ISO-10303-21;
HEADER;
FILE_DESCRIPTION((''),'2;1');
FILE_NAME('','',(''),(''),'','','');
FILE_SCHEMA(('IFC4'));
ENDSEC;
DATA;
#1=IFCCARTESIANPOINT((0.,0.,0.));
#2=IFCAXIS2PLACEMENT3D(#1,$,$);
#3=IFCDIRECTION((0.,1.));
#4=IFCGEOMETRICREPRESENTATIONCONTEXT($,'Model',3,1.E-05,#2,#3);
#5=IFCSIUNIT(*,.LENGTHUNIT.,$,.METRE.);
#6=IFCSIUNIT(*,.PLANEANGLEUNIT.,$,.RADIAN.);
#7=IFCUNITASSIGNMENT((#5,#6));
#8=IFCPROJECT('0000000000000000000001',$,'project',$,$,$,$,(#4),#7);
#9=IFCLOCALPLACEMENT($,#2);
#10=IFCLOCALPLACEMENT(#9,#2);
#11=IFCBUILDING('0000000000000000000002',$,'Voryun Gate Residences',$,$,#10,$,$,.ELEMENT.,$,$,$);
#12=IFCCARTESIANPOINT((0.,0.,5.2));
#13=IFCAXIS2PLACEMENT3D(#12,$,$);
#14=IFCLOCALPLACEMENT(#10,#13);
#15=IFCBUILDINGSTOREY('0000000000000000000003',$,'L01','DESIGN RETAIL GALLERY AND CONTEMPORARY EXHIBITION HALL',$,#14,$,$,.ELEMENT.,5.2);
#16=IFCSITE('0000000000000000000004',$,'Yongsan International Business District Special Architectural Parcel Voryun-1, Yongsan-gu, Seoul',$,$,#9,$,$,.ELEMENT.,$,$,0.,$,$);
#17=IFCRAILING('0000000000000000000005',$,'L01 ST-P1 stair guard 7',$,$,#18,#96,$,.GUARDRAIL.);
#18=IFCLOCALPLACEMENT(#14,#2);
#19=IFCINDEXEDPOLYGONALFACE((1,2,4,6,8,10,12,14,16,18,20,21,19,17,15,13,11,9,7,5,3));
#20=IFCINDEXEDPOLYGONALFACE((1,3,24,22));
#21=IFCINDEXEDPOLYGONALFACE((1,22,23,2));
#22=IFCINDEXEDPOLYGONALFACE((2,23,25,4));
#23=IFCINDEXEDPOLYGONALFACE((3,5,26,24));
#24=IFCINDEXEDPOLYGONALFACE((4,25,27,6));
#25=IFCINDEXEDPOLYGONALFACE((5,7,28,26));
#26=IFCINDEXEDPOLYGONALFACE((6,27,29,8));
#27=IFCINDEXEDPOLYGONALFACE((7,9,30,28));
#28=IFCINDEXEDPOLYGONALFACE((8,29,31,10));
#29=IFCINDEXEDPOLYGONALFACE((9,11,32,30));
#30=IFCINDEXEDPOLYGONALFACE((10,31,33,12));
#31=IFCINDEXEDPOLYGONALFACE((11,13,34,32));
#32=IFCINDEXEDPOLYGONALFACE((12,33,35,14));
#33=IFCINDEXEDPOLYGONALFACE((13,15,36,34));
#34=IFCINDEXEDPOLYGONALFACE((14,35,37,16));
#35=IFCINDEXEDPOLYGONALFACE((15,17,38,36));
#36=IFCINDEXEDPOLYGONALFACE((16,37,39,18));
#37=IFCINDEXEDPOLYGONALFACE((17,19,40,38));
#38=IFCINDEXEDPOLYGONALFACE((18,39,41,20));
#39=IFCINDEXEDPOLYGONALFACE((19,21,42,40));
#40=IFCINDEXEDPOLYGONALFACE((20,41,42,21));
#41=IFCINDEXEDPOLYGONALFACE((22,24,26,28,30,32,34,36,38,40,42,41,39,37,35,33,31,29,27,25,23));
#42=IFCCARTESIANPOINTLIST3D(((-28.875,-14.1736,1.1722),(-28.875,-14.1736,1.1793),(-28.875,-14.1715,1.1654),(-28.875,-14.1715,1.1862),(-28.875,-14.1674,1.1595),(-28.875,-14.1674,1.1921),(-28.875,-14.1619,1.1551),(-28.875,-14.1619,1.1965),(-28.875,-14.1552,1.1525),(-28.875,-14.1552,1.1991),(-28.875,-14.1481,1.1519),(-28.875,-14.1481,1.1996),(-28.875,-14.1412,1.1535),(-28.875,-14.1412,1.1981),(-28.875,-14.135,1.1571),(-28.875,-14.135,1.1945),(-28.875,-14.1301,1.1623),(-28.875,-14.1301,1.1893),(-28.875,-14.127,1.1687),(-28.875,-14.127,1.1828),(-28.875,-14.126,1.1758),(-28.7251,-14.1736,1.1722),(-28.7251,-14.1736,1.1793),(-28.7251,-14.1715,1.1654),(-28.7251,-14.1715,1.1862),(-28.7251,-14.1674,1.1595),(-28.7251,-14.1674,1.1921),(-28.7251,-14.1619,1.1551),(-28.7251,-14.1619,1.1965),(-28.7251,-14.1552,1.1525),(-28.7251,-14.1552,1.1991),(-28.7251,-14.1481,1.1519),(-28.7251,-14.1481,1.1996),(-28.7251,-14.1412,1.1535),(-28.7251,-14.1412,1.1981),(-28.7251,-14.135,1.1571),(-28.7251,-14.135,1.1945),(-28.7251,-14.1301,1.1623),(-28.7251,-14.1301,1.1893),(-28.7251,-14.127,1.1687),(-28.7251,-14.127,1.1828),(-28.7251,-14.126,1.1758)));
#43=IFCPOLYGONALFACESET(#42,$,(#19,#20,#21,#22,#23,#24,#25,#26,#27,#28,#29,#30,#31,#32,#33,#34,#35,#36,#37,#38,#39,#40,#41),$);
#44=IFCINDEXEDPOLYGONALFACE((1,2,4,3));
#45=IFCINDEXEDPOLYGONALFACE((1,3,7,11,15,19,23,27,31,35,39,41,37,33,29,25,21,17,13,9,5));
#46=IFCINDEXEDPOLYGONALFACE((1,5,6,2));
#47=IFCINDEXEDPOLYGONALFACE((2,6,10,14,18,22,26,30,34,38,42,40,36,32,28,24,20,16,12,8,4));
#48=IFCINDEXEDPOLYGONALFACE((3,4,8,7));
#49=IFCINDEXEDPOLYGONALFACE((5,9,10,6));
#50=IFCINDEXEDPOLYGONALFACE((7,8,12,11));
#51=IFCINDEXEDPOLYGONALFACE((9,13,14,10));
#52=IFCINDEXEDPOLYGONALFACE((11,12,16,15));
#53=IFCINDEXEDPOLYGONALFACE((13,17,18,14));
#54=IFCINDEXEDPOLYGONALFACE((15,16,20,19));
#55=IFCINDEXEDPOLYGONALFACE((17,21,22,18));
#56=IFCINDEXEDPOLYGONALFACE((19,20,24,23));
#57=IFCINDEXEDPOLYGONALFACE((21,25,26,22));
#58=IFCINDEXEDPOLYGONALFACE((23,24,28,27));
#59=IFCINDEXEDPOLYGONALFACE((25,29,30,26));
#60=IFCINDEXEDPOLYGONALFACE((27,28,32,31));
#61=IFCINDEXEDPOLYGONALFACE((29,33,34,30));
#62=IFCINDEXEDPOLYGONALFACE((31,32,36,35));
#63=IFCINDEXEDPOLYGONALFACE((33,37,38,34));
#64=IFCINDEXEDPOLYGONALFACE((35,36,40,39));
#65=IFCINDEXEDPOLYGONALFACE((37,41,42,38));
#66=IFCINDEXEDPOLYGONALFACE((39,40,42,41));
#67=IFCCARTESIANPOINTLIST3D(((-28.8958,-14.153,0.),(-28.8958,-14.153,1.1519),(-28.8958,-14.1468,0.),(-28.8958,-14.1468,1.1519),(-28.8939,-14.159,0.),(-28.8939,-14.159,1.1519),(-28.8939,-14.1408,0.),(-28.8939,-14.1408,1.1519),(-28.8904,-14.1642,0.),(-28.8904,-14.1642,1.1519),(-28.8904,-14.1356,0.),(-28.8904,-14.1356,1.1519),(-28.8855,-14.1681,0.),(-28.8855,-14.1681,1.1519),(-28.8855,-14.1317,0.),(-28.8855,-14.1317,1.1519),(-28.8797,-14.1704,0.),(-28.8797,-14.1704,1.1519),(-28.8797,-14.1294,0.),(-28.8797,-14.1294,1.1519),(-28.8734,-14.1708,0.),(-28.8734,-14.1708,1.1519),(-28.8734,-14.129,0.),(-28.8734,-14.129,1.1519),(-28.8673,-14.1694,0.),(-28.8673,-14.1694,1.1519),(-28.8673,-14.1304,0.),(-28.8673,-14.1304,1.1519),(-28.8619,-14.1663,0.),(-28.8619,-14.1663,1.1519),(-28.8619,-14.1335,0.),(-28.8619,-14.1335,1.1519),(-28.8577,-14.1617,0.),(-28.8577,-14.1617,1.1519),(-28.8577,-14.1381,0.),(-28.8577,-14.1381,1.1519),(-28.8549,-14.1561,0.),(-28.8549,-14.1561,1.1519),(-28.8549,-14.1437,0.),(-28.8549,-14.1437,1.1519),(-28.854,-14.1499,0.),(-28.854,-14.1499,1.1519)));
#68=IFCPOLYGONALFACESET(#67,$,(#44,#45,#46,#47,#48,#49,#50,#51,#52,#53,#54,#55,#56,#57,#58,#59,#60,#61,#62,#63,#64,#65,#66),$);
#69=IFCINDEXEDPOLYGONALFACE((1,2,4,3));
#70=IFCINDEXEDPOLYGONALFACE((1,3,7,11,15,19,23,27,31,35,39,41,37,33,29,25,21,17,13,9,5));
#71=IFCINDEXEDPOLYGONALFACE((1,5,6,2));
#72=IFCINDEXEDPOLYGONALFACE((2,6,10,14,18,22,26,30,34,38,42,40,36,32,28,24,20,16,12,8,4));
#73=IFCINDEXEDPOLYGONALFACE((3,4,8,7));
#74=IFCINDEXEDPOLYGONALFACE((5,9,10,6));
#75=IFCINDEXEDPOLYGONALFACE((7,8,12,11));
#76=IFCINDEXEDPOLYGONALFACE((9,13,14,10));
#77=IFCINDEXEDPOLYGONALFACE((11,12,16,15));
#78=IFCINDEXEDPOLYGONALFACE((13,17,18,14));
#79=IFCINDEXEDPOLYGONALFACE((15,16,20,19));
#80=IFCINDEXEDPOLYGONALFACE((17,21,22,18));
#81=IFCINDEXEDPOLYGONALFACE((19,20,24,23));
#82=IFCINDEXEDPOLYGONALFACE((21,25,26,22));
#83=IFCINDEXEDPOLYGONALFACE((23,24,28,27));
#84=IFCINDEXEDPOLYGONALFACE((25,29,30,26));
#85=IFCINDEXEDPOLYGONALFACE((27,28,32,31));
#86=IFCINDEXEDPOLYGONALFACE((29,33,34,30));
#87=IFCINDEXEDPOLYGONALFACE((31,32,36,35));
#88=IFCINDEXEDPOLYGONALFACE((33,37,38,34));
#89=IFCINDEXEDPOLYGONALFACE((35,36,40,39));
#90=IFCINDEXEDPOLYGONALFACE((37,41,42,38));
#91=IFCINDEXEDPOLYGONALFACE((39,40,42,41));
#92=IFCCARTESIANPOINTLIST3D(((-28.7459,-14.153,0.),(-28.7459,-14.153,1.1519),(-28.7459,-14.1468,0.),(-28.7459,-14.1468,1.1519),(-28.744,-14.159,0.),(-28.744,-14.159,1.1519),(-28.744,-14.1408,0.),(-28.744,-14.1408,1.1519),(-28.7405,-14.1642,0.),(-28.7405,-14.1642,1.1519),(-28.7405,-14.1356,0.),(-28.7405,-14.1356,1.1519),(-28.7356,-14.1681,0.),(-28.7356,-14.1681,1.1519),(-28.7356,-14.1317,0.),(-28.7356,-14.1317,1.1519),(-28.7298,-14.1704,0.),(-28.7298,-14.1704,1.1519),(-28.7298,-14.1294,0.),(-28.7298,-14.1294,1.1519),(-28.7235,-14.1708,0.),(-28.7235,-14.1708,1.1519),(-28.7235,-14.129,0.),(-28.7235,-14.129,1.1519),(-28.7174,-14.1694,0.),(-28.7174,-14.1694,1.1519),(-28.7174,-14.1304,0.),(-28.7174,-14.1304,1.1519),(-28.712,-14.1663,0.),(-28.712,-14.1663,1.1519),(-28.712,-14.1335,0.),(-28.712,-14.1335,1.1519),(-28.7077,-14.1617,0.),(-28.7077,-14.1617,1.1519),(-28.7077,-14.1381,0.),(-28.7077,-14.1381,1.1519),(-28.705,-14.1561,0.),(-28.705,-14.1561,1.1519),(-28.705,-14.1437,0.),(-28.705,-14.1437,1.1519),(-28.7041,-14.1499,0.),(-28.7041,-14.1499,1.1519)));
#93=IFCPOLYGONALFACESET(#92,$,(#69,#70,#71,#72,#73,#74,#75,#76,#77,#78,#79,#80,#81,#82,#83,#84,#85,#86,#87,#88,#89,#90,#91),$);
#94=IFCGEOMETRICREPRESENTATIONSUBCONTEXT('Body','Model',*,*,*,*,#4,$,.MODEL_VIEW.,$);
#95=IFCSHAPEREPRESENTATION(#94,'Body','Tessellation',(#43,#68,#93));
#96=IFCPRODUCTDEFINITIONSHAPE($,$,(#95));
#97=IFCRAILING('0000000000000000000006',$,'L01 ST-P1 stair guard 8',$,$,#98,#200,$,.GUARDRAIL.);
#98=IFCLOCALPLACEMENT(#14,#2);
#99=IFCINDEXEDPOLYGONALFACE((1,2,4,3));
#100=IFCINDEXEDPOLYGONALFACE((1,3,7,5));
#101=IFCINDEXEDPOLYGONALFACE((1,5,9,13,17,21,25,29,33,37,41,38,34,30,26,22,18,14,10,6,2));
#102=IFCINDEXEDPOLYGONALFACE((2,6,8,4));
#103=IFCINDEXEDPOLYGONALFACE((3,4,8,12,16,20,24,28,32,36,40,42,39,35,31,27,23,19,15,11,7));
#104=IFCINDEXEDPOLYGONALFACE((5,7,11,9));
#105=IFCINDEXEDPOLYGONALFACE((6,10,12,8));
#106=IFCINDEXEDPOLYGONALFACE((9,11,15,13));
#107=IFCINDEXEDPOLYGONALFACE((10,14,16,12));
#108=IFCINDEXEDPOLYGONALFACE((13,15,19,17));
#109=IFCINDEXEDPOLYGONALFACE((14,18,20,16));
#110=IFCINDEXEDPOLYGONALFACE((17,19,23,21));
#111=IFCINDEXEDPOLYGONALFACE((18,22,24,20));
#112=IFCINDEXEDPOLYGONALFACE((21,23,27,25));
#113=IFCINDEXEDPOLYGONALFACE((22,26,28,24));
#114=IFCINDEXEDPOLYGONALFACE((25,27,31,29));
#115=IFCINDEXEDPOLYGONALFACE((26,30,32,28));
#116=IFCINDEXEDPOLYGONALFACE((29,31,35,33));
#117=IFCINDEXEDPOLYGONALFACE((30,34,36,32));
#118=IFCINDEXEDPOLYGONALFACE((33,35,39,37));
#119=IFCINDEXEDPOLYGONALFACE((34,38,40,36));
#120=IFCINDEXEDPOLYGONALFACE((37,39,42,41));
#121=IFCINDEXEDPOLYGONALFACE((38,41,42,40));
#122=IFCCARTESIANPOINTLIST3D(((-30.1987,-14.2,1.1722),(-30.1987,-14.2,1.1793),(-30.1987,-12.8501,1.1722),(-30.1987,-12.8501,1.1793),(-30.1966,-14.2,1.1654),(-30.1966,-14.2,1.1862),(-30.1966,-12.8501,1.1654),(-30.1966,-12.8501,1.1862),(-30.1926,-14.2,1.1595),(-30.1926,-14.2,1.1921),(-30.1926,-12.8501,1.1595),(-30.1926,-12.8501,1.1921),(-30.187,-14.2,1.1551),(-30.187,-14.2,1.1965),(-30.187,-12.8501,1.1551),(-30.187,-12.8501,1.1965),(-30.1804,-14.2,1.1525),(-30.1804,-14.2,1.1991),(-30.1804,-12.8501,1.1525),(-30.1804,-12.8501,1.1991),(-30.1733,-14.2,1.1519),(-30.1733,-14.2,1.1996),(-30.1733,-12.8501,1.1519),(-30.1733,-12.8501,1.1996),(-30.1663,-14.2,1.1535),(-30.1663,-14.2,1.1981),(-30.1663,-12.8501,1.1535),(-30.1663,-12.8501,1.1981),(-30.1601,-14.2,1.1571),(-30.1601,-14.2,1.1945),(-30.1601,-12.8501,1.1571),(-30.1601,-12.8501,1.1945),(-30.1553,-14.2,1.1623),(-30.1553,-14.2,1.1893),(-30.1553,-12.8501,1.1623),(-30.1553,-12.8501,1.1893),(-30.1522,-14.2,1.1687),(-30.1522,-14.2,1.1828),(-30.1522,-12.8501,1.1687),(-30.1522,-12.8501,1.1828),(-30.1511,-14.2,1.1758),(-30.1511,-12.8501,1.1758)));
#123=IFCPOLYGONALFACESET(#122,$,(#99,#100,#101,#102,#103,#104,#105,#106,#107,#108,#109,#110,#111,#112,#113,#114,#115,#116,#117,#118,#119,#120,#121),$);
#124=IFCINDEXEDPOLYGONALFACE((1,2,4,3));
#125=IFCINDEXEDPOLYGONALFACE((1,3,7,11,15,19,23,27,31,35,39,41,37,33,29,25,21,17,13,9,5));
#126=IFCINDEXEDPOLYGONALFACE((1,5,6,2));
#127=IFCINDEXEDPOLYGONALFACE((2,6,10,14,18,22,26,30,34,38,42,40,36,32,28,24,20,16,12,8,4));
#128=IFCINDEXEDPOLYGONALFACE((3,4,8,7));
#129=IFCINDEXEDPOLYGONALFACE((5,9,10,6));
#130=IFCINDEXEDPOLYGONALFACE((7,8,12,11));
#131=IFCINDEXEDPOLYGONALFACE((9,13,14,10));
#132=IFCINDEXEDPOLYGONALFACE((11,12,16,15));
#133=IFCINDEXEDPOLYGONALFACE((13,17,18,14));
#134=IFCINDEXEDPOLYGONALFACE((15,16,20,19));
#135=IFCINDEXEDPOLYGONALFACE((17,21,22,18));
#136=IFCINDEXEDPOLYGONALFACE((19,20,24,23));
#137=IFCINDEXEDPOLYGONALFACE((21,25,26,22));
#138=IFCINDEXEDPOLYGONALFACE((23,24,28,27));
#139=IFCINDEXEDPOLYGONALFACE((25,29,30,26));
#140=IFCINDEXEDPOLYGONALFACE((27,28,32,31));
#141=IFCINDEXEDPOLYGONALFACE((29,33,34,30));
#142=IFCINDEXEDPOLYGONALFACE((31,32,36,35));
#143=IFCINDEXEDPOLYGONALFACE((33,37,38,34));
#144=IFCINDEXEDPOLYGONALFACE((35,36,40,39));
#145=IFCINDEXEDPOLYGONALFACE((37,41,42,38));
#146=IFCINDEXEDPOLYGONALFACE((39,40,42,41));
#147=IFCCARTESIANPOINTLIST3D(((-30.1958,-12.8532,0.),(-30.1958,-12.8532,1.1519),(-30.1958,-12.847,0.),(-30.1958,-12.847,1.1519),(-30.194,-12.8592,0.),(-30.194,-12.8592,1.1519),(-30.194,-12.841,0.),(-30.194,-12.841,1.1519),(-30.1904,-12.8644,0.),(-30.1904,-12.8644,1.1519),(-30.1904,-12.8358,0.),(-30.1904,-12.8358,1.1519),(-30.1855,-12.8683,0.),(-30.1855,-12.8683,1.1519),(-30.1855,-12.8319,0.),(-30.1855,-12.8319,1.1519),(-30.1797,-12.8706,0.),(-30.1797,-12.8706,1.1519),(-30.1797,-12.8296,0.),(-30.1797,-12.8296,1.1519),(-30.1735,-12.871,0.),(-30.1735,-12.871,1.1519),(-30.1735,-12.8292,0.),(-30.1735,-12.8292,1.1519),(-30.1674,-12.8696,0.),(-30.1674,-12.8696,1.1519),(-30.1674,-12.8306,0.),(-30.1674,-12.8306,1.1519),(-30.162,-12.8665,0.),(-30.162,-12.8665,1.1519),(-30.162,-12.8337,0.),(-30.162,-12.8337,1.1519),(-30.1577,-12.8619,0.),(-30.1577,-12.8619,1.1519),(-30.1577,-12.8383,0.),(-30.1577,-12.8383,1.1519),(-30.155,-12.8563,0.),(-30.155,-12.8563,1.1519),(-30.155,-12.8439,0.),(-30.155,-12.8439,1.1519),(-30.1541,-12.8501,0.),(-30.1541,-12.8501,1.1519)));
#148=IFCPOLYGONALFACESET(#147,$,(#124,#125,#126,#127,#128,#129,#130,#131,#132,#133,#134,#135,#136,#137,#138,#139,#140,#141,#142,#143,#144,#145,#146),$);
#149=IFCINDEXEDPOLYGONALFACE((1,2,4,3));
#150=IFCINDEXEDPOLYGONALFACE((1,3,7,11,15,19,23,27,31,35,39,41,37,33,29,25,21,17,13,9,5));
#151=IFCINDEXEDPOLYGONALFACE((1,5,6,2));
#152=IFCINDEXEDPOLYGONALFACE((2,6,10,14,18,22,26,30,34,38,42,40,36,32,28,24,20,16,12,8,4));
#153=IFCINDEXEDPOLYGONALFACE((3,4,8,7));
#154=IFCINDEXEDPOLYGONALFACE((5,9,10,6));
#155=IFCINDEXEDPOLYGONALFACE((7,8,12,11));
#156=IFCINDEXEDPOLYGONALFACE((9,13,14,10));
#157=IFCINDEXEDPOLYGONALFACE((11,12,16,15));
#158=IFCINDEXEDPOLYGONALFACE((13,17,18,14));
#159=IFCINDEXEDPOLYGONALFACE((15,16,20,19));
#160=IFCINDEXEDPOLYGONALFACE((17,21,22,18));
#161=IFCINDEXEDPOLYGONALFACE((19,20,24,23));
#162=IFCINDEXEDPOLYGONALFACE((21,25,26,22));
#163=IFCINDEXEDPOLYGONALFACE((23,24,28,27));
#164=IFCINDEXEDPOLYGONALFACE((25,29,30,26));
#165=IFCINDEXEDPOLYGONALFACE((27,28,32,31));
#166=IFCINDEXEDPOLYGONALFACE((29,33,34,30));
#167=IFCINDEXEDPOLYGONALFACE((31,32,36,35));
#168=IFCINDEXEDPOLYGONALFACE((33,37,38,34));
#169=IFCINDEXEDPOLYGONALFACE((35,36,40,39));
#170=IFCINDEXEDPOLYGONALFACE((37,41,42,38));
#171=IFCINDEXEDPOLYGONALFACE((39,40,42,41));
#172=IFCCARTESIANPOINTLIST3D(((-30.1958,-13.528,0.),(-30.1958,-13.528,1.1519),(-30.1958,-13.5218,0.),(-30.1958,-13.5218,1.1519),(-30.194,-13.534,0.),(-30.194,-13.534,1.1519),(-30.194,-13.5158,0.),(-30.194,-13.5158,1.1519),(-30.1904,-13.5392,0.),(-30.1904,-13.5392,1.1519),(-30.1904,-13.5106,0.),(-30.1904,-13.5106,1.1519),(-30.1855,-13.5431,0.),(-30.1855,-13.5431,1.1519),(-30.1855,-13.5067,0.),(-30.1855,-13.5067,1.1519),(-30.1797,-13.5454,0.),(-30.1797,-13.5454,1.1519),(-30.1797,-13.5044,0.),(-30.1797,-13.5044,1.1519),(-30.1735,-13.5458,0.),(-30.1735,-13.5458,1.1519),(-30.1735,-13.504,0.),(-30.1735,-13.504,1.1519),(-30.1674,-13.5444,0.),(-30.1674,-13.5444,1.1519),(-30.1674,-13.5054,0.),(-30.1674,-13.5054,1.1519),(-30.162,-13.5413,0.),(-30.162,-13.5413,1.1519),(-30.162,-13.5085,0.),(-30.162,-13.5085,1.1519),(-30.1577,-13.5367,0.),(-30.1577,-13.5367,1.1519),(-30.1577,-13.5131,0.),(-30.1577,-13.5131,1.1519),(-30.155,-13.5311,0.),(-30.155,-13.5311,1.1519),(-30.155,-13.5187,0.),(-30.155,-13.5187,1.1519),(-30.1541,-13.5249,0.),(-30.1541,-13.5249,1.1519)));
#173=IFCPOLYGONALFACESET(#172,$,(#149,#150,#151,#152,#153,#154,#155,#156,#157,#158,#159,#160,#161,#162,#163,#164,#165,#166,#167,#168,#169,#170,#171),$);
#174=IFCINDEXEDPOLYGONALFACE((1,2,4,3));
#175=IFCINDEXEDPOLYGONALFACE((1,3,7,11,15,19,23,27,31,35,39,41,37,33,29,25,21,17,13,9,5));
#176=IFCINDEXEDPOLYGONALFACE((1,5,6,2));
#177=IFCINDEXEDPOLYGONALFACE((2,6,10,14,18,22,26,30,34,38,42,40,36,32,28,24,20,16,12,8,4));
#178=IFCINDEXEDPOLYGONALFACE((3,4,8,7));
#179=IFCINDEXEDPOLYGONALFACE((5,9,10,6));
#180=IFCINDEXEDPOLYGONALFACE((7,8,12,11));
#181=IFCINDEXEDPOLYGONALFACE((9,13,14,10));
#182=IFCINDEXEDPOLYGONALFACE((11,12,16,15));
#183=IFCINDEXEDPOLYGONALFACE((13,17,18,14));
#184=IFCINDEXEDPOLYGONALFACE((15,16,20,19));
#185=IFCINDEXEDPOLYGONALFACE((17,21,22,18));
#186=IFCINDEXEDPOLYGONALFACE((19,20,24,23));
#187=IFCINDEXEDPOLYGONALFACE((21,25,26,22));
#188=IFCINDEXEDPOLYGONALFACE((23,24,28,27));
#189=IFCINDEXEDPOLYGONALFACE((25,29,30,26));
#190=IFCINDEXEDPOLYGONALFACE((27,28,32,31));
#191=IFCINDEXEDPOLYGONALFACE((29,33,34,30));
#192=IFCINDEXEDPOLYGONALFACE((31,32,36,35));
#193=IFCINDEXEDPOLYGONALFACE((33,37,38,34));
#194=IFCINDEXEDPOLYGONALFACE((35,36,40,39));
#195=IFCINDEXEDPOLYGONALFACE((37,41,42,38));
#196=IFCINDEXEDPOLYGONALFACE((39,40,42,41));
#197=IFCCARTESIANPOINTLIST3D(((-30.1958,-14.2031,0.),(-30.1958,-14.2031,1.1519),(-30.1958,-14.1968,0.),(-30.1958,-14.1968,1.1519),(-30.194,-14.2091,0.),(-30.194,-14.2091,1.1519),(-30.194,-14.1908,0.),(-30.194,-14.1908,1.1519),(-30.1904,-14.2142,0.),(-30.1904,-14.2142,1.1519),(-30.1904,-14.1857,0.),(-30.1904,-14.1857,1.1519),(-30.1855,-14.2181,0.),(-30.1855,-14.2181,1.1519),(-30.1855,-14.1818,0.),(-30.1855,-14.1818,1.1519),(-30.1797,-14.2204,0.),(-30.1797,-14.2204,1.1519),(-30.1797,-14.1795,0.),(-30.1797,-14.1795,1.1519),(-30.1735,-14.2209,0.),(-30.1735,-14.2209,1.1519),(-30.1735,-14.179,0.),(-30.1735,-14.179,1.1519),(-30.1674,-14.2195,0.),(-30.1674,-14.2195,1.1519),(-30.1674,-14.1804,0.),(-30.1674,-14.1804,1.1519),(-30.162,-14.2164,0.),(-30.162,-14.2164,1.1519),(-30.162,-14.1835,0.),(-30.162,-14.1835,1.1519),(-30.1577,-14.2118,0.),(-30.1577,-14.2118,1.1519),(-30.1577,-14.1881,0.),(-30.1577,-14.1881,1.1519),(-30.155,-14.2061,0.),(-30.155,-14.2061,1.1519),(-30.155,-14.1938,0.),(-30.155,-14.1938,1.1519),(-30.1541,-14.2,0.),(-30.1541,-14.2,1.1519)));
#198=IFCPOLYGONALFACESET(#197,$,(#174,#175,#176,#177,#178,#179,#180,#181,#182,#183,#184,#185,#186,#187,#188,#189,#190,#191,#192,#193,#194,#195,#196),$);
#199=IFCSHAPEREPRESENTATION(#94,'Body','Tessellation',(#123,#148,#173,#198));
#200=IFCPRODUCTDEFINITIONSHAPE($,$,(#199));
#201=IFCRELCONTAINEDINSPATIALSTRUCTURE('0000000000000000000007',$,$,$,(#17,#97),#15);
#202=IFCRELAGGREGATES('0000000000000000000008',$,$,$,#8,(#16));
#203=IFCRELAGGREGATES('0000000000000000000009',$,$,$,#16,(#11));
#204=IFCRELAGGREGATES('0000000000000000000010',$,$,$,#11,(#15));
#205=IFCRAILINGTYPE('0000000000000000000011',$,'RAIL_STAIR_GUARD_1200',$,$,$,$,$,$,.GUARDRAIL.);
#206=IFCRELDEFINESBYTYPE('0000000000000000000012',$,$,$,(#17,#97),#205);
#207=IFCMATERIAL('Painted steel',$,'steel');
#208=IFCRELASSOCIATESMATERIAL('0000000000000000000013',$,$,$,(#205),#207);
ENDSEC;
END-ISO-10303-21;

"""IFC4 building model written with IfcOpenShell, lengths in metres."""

from ifc_helpers import new_model, si_unit, direction, frame, origin, origin_2d, place, context, subcontext, project, spatial, circle, extrude, material, type_object, element, save


model = new_model("IFC4")

# Units and contexts
model_context = context("Model", 3, precision=1e-05, world=origin(), true_north=direction((0.0, 1.0)))
body_context = subcontext(model_context, "Body", "Model", "MODEL_VIEW")
ifc_project = project(units=[si_unit("LENGTHUNIT", "METRE"), si_unit("PLANEANGLEUNIT", "RADIAN")], contexts=[model_context])

# Site, building, storey
site_placement = place(None, origin())
site = spatial("IfcSite", under=ifc_project, at=site_placement, Name="Yongsan International Business District Special Architectural Parcel Voryun-1, Yongsan-gu, Seoul", CompositionType="ELEMENT", RefElevation=0.0)
building_placement = place(site_placement, origin())
building = spatial("IfcBuilding", under=site, at=building_placement, Name="Voryun Gate Residences", CompositionType="ELEMENT")
storey_placement = place(building_placement, frame((0.0, 0.0, 5.2)))
storey = spatial("IfcBuildingStorey", under=building, at=storey_placement, Name="L01", Description="DESIGN RETAIL GALLERY AND CONTEMPORARY EXHIBITION HALL", CompositionType="ELEMENT", Elevation=5.2)

# Railings
ifc_material_1 = material(Name="Painted steel", Category="steel")
railing_type = type_object("IfcRailingType", Name="RAIL_STAIR_GUARD_1200", PredefinedType="GUARDRAIL", material=ifc_material_1)
railing_1_placement = place(storey_placement, frame((-28.875, -14.1499, 0.0)))
element("IfcRailing", 1, at=railing_1_placement, inside=storey, type_object=railing_type, Name="L01 ST-P1 stair guard 7", PredefinedType="GUARDRAIL", context=body_context, shape_type="SweptSolid", body=[
    extrude(circle(Radius=0.0239, at=origin_2d()), frame((0.0, 0.0, 1.1758), z_axis=(1.0, 0.0, 0.0), x_axis=(0.0, 1.0, 0.0)), (0.0, 0.0, 1.0), 0.1499),
    extrude(circle(Radius=0.021, at=origin_2d()), origin(), (0.0, 0.0, 1.0), 1.1519),
    extrude(circle(Radius=0.021, at=origin_2d()), frame((0.1499, 0.0, 0.0)), (0.0, 0.0, 1.0), 1.1519),
])
for number, where, name in (
    (2, (-30.175, -12.8501, 0.0), "L01 ST-P1 stair guard 8"),
):
    element("IfcRailing", number, at=place(storey_placement, frame(where)), inside=storey, type_object=railing_type, Name=name, PredefinedType="GUARDRAIL", context=body_context, shape_type="SweptSolid", body=[
        extrude(circle(Radius=0.0239, at=origin_2d()), frame((0.0, 0.0, 1.1758), z_axis=(0.0, -1.0, 0.0), x_axis=(1.0, 0.0, 0.0)), (0.0, 0.0, 1.0), 1.3499),
        extrude(circle(Radius=0.021, at=origin_2d()), origin(), (0.0, 0.0, 1.0), 1.1519),
        extrude(circle(Radius=0.021, at=origin_2d()), frame((0.0, -0.6748, 0.0)), (0.0, 0.0, 1.0), 1.1519),
        extrude(circle(Radius=0.021, at=origin_2d()), frame((0.0, -1.3499, 0.0)), (0.0, 0.0, 1.0), 1.1519),
    ])

save(model, "model.ifc")
